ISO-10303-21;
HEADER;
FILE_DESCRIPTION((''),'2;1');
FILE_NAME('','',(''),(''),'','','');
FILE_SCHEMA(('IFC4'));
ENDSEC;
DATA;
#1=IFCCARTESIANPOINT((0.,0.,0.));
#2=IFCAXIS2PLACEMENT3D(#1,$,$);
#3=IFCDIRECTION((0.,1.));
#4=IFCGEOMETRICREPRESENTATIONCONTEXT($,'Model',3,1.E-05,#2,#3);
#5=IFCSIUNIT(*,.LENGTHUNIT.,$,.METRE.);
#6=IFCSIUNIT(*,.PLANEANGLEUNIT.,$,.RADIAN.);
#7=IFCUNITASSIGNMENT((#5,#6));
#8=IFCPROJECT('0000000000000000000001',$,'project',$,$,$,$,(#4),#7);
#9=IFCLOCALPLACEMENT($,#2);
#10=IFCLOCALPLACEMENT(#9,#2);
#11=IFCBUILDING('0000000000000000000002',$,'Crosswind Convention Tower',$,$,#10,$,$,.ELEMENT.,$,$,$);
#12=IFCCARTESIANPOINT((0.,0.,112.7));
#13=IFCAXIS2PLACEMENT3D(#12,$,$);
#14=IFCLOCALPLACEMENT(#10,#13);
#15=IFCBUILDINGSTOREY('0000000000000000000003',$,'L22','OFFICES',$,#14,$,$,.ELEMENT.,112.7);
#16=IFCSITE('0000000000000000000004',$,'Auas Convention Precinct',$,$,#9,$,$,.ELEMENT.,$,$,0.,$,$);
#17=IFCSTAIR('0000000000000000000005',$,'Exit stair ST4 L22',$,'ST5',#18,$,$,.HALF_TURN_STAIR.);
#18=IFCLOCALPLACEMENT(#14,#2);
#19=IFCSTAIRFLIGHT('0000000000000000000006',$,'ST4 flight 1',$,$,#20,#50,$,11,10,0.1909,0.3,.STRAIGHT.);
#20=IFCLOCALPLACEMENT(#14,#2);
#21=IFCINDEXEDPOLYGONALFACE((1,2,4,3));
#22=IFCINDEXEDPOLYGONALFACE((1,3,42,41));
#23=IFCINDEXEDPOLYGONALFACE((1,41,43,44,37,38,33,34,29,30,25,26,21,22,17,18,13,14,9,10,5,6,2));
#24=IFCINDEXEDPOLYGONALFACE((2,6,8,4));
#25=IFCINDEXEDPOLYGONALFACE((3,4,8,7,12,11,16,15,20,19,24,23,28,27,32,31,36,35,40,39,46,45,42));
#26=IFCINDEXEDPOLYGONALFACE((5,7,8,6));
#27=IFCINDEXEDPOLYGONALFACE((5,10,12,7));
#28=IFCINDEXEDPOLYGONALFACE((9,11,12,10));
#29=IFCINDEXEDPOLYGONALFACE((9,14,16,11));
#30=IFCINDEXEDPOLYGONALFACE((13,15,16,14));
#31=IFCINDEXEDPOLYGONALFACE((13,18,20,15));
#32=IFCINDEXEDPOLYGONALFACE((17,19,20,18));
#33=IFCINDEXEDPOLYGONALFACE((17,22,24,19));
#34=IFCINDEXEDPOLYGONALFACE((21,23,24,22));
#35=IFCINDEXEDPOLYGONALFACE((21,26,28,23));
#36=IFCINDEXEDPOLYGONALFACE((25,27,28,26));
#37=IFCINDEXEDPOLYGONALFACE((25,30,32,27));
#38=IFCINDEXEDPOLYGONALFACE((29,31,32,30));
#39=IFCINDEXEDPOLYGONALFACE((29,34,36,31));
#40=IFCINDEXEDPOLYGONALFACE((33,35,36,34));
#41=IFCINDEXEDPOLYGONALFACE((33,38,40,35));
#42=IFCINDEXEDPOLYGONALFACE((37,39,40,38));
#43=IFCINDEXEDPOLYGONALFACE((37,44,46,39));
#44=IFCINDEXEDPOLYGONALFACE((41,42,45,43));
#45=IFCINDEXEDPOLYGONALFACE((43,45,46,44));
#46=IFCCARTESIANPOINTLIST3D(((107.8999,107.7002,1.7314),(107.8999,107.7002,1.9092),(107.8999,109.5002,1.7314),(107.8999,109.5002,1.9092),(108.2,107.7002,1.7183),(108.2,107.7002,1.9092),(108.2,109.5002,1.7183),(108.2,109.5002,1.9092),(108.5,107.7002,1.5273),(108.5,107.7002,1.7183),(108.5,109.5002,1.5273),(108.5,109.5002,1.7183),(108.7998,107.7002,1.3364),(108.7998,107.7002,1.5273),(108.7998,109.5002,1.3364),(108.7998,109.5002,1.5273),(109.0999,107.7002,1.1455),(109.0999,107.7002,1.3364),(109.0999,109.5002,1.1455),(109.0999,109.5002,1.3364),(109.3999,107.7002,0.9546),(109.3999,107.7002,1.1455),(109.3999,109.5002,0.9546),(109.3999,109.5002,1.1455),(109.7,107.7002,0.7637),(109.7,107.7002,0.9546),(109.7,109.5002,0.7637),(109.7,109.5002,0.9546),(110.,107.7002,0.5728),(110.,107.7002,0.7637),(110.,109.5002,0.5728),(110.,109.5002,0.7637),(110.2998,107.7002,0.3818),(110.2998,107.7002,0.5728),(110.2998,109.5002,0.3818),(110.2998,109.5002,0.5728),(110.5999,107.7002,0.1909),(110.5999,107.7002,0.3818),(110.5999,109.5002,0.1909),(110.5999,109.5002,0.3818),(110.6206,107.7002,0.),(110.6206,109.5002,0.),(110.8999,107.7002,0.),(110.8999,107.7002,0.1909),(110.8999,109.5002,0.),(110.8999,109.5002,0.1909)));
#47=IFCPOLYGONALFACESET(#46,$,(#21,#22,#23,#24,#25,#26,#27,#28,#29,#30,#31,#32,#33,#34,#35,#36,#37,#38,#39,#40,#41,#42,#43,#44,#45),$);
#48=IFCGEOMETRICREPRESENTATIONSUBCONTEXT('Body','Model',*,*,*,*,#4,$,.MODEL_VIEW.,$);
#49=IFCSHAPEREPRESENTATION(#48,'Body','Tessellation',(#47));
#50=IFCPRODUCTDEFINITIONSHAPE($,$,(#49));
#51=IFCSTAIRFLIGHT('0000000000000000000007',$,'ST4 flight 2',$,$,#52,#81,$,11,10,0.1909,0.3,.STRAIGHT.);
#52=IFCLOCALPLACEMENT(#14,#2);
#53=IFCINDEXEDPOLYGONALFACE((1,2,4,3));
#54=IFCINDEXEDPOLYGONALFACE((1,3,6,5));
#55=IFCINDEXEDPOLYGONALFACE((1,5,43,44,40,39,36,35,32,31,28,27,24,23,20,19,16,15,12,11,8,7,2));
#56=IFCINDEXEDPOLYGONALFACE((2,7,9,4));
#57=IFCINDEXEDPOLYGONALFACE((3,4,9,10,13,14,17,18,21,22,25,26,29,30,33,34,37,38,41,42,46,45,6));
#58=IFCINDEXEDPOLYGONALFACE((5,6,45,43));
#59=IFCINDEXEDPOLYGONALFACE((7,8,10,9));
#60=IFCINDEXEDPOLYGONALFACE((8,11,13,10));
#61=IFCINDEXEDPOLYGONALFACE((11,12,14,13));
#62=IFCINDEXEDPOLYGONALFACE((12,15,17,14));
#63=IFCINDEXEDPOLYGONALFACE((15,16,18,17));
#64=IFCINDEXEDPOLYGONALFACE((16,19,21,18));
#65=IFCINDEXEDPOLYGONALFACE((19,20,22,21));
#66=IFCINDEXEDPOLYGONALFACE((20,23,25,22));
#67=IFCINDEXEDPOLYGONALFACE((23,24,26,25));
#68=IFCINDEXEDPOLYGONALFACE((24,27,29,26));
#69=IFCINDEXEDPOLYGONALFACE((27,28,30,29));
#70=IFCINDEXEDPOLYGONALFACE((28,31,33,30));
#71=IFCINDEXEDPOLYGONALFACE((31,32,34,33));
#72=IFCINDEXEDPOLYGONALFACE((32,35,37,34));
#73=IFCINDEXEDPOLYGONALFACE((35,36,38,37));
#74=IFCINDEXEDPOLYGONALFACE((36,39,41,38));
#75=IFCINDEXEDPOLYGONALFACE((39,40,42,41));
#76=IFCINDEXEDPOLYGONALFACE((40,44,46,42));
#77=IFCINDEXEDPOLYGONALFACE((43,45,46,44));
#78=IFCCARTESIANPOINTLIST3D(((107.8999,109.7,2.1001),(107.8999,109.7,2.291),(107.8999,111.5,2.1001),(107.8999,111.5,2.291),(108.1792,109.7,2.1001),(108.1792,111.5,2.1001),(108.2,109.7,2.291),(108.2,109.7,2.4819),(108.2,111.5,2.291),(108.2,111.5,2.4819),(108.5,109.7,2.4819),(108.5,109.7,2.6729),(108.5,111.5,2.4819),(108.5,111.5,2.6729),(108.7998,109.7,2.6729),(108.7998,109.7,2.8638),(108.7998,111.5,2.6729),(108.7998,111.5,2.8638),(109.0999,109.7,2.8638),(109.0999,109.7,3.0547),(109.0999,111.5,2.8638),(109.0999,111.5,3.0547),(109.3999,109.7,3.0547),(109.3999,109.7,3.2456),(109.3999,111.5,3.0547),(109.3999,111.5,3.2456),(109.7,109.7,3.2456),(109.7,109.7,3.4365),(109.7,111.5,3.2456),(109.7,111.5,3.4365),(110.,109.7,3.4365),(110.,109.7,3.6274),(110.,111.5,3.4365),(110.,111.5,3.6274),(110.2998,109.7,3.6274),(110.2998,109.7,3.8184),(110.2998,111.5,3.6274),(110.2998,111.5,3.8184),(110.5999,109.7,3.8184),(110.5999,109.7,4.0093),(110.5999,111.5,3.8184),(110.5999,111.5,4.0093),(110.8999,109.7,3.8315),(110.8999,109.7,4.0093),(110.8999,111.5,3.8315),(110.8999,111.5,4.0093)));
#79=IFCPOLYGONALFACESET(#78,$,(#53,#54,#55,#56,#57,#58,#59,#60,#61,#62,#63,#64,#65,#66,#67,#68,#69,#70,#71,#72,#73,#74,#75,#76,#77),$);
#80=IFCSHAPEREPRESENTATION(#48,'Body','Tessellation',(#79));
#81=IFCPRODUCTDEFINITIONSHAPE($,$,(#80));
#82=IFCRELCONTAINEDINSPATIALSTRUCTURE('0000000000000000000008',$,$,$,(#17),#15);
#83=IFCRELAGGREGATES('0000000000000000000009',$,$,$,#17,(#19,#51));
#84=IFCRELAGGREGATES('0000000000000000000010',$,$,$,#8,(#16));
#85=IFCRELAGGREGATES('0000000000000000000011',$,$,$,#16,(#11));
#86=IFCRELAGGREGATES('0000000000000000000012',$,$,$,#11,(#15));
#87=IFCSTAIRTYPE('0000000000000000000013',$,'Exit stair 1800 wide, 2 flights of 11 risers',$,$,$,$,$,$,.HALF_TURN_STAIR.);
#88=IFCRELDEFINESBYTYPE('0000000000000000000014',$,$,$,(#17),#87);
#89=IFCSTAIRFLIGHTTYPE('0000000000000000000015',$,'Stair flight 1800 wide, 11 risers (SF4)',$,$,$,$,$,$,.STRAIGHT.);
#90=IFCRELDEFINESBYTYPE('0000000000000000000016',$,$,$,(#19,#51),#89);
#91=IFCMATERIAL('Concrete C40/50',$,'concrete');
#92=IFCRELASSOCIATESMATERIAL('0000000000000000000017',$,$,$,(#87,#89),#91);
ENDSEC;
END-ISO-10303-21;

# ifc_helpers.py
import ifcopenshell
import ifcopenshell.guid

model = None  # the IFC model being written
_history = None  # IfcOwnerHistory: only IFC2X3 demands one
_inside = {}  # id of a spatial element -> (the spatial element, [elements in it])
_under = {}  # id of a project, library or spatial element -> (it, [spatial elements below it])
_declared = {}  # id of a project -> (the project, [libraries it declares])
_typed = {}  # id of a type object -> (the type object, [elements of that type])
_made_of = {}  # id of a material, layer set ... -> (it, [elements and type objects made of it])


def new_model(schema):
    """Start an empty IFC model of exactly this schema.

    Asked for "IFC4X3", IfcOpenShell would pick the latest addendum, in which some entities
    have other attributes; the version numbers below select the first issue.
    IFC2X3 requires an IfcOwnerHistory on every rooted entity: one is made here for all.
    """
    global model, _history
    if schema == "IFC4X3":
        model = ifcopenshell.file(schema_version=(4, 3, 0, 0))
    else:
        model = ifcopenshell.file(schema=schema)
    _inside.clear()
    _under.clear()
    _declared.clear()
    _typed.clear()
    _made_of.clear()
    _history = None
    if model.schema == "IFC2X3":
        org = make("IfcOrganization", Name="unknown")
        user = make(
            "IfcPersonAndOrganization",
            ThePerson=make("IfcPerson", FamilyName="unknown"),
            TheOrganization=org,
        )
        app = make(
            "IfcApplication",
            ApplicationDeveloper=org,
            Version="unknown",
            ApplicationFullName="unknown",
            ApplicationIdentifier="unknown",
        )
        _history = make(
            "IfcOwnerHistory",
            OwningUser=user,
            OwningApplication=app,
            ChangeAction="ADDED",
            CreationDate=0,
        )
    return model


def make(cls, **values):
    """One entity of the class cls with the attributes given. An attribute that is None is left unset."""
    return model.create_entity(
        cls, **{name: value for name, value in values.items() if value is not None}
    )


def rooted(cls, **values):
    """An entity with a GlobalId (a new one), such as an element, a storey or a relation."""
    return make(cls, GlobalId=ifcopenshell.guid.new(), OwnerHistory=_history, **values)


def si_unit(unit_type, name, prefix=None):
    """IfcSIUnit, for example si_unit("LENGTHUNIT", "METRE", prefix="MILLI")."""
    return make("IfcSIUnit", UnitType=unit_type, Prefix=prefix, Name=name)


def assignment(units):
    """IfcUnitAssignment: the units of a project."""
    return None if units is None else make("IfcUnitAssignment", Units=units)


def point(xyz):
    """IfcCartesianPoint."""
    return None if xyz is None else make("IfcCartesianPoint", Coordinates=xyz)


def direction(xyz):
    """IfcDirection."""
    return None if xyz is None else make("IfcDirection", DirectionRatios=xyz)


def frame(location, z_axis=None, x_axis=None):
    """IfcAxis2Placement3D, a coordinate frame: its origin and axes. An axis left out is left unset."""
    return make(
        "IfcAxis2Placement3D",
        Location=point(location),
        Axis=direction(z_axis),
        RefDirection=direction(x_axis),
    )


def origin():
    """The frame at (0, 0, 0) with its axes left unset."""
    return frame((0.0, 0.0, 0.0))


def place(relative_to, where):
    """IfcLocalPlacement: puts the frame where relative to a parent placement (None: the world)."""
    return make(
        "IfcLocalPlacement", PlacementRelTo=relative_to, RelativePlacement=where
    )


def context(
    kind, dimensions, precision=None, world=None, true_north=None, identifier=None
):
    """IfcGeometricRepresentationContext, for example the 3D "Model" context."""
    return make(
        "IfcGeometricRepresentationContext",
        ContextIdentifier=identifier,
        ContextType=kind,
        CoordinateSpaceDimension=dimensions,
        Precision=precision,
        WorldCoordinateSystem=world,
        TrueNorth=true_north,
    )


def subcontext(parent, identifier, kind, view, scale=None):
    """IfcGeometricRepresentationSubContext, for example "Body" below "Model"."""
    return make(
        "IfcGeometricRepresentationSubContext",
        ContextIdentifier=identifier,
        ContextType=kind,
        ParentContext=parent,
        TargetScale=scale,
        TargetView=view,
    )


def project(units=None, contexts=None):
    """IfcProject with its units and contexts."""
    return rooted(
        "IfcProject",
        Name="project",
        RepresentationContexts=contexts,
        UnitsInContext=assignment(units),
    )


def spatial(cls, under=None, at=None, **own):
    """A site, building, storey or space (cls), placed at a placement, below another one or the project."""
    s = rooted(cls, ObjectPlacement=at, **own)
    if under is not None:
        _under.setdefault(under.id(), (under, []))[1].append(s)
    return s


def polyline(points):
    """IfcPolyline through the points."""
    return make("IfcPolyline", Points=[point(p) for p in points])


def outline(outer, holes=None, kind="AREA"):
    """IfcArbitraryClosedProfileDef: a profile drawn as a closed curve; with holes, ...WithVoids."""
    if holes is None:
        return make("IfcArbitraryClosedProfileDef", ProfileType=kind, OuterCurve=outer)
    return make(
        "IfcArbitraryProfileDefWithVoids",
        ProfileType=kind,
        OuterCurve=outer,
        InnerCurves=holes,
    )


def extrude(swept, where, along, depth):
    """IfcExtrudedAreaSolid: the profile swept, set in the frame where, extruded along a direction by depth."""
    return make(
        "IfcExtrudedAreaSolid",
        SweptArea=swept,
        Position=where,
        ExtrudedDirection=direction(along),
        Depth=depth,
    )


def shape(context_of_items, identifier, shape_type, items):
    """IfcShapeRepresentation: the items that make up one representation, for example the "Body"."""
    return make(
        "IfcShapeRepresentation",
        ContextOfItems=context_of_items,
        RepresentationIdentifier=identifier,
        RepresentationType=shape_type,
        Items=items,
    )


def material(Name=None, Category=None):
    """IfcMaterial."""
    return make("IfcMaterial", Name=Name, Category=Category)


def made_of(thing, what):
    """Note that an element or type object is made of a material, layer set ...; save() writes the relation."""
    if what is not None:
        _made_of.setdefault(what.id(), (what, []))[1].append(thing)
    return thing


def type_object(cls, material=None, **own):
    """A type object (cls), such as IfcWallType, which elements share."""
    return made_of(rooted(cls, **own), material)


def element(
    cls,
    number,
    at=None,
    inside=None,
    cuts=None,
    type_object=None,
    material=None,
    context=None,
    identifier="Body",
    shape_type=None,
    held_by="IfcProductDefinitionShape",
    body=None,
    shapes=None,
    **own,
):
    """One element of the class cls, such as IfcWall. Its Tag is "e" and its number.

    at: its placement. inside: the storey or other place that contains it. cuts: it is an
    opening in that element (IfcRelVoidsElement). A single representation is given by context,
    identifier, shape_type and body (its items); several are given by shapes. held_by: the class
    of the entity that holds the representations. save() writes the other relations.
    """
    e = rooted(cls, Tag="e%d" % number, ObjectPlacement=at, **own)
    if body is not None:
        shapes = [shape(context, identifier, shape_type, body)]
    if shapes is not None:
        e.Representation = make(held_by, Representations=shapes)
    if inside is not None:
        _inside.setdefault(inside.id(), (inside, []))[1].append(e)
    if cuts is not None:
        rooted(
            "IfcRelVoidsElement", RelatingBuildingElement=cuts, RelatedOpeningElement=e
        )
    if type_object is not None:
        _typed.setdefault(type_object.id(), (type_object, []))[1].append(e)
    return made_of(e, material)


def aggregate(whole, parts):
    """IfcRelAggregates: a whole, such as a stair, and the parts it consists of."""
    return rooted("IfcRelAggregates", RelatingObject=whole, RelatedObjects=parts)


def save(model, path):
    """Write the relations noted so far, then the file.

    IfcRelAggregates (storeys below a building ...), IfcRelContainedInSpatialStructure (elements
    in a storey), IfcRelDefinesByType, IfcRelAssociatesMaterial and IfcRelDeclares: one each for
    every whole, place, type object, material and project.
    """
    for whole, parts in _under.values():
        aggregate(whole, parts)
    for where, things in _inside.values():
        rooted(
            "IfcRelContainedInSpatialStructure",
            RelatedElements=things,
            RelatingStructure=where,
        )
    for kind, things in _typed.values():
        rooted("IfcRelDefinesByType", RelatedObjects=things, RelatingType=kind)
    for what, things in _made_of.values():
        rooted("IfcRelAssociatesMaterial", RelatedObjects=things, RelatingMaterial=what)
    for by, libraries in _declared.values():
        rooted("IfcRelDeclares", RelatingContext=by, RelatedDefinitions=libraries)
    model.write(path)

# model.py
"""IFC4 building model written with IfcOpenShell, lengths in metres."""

from ifc_helpers import new_model, si_unit, direction, frame, origin, place, context, subcontext, project, spatial, polyline, outline, extrude, material, type_object, element, aggregate, save


model = new_model("IFC4")

# Units and contexts
model_context = context("Model", 3, precision=1e-05, world=origin(), true_north=direction((0.0, 1.0)))
body_context = subcontext(model_context, "Body", "Model", "MODEL_VIEW")
ifc_project = project(units=[si_unit("LENGTHUNIT", "METRE"), si_unit("PLANEANGLEUNIT", "RADIAN")], contexts=[model_context])

# Site, building, storey
site_placement = place(None, origin())
site = spatial("IfcSite", under=ifc_project, at=site_placement, Name="Auas Convention Precinct", CompositionType="ELEMENT", RefElevation=0.0)
building_placement = place(site_placement, origin())
building = spatial("IfcBuilding", under=site, at=building_placement, Name="Crosswind Convention Tower", CompositionType="ELEMENT")
storey_placement = place(building_placement, frame((0.0, 0.0, 112.7)))
storey = spatial("IfcBuildingStorey", under=building, at=storey_placement, Name="L22", Description="OFFICES", CompositionType="ELEMENT", Elevation=112.7)

# Stair, stair flights
ifc_material_1 = material(Name="Concrete C40/50", Category="concrete")
stair_type = type_object("IfcStairType", Name="Exit stair 1800 wide, 2 flights of 11 risers", PredefinedType="HALF_TURN_STAIR", material=ifc_material_1)
stair_placement = place(storey_placement, origin())
stair = element("IfcStair", 1, at=stair_placement, inside=storey, type_object=stair_type, Name="Exit stair ST4 L22", ObjectType="ST5", PredefinedType="HALF_TURN_STAIR")
stair_flight_type = type_object("IfcStairFlightType", Name="Stair flight 1800 wide, 11 risers (SF4)", PredefinedType="STRAIGHT", material=ifc_material_1)
stair_flight_1_placement = place(storey_placement, frame((110.8999, 108.6001, 0.0), z_axis=(0.0, 0.0, 1.0), x_axis=(-1.0, 0.0, 0.0)))
stair_flight_1 = element("IfcStairFlight", 2, at=stair_flight_1_placement, type_object=stair_flight_type, Name="ST4 flight 1", NumberOfRisers=11, NumberOfTreads=10, PredefinedType="STRAIGHT", RiserHeight=0.1909, TreadLength=0.3, context=body_context, shape_type="SweptSolid", body=[
    extrude(outline(polyline([(0.0, 0.0), (0.0, 0.1909), (0.3, 0.1909), (0.3, 0.3818), (0.6001, 0.3818), (0.6001, 0.5728), (0.8999, 0.5728), (0.8999, 0.7637), (1.2, 0.7637), (1.2, 0.9546), (1.5, 0.9546), (1.5, 1.1455), (1.8, 1.1455), (1.8, 1.3364), (2.1001, 1.3364), (2.1001, 1.5273), (2.3999, 1.5273), (2.3999, 1.7183), (2.7, 1.7183), (2.7, 1.9092), (3.0, 1.9092), (3.0, 2.1001), (3.0, 1.7314), (0.2793, 0.0), (0.0, 0.0)])), frame((0.0, 0.8999, 0.0), z_axis=(0.0, -1.0, 0.0), x_axis=(1.0, 0.0, 0.0)), (0.0, 0.0, 1.0), 1.8),
])
stair_flight_2_placement = place(storey_placement, frame((107.8999, 110.6001, 2.1001), z_axis=(0.0, 0.0, 1.0), x_axis=(1.0, 0.0, 0.0)))
stair_flight_2 = element("IfcStairFlight", 3, at=stair_flight_2_placement, type_object=stair_flight_type, Name="ST4 flight 2", NumberOfRisers=11, NumberOfTreads=10, PredefinedType="STRAIGHT", RiserHeight=0.1909, TreadLength=0.3, context=body_context, shape_type="SweptSolid", body=[
    extrude(outline(polyline([(0.0, 0.0), (0.0, 0.1909), (0.3, 0.1909), (0.3, 0.3818), (0.6001, 0.3818), (0.6001, 0.5728), (0.8999, 0.5728), (0.8999, 0.7637), (1.2, 0.7637), (1.2, 0.9546), (1.5, 0.9546), (1.5, 1.1455), (1.8, 1.1455), (1.8, 1.3364), (2.1001, 1.3364), (2.1001, 1.5273), (2.3999, 1.5273), (2.3999, 1.7183), (2.7, 1.7183), (2.7, 1.9092), (3.0, 1.9092), (3.0, 2.1001), (3.0, 1.7314), (0.2793, 0.0), (0.0, 0.0)])), frame((0.0, 0.8999, 0.0), z_axis=(0.0, -1.0, 0.0), x_axis=(1.0, 0.0, 0.0)), (0.0, 0.0, 1.0), 1.8),
])
aggregate(stair, [stair_flight_1, stair_flight_2])

save(model, "model.ifc")
